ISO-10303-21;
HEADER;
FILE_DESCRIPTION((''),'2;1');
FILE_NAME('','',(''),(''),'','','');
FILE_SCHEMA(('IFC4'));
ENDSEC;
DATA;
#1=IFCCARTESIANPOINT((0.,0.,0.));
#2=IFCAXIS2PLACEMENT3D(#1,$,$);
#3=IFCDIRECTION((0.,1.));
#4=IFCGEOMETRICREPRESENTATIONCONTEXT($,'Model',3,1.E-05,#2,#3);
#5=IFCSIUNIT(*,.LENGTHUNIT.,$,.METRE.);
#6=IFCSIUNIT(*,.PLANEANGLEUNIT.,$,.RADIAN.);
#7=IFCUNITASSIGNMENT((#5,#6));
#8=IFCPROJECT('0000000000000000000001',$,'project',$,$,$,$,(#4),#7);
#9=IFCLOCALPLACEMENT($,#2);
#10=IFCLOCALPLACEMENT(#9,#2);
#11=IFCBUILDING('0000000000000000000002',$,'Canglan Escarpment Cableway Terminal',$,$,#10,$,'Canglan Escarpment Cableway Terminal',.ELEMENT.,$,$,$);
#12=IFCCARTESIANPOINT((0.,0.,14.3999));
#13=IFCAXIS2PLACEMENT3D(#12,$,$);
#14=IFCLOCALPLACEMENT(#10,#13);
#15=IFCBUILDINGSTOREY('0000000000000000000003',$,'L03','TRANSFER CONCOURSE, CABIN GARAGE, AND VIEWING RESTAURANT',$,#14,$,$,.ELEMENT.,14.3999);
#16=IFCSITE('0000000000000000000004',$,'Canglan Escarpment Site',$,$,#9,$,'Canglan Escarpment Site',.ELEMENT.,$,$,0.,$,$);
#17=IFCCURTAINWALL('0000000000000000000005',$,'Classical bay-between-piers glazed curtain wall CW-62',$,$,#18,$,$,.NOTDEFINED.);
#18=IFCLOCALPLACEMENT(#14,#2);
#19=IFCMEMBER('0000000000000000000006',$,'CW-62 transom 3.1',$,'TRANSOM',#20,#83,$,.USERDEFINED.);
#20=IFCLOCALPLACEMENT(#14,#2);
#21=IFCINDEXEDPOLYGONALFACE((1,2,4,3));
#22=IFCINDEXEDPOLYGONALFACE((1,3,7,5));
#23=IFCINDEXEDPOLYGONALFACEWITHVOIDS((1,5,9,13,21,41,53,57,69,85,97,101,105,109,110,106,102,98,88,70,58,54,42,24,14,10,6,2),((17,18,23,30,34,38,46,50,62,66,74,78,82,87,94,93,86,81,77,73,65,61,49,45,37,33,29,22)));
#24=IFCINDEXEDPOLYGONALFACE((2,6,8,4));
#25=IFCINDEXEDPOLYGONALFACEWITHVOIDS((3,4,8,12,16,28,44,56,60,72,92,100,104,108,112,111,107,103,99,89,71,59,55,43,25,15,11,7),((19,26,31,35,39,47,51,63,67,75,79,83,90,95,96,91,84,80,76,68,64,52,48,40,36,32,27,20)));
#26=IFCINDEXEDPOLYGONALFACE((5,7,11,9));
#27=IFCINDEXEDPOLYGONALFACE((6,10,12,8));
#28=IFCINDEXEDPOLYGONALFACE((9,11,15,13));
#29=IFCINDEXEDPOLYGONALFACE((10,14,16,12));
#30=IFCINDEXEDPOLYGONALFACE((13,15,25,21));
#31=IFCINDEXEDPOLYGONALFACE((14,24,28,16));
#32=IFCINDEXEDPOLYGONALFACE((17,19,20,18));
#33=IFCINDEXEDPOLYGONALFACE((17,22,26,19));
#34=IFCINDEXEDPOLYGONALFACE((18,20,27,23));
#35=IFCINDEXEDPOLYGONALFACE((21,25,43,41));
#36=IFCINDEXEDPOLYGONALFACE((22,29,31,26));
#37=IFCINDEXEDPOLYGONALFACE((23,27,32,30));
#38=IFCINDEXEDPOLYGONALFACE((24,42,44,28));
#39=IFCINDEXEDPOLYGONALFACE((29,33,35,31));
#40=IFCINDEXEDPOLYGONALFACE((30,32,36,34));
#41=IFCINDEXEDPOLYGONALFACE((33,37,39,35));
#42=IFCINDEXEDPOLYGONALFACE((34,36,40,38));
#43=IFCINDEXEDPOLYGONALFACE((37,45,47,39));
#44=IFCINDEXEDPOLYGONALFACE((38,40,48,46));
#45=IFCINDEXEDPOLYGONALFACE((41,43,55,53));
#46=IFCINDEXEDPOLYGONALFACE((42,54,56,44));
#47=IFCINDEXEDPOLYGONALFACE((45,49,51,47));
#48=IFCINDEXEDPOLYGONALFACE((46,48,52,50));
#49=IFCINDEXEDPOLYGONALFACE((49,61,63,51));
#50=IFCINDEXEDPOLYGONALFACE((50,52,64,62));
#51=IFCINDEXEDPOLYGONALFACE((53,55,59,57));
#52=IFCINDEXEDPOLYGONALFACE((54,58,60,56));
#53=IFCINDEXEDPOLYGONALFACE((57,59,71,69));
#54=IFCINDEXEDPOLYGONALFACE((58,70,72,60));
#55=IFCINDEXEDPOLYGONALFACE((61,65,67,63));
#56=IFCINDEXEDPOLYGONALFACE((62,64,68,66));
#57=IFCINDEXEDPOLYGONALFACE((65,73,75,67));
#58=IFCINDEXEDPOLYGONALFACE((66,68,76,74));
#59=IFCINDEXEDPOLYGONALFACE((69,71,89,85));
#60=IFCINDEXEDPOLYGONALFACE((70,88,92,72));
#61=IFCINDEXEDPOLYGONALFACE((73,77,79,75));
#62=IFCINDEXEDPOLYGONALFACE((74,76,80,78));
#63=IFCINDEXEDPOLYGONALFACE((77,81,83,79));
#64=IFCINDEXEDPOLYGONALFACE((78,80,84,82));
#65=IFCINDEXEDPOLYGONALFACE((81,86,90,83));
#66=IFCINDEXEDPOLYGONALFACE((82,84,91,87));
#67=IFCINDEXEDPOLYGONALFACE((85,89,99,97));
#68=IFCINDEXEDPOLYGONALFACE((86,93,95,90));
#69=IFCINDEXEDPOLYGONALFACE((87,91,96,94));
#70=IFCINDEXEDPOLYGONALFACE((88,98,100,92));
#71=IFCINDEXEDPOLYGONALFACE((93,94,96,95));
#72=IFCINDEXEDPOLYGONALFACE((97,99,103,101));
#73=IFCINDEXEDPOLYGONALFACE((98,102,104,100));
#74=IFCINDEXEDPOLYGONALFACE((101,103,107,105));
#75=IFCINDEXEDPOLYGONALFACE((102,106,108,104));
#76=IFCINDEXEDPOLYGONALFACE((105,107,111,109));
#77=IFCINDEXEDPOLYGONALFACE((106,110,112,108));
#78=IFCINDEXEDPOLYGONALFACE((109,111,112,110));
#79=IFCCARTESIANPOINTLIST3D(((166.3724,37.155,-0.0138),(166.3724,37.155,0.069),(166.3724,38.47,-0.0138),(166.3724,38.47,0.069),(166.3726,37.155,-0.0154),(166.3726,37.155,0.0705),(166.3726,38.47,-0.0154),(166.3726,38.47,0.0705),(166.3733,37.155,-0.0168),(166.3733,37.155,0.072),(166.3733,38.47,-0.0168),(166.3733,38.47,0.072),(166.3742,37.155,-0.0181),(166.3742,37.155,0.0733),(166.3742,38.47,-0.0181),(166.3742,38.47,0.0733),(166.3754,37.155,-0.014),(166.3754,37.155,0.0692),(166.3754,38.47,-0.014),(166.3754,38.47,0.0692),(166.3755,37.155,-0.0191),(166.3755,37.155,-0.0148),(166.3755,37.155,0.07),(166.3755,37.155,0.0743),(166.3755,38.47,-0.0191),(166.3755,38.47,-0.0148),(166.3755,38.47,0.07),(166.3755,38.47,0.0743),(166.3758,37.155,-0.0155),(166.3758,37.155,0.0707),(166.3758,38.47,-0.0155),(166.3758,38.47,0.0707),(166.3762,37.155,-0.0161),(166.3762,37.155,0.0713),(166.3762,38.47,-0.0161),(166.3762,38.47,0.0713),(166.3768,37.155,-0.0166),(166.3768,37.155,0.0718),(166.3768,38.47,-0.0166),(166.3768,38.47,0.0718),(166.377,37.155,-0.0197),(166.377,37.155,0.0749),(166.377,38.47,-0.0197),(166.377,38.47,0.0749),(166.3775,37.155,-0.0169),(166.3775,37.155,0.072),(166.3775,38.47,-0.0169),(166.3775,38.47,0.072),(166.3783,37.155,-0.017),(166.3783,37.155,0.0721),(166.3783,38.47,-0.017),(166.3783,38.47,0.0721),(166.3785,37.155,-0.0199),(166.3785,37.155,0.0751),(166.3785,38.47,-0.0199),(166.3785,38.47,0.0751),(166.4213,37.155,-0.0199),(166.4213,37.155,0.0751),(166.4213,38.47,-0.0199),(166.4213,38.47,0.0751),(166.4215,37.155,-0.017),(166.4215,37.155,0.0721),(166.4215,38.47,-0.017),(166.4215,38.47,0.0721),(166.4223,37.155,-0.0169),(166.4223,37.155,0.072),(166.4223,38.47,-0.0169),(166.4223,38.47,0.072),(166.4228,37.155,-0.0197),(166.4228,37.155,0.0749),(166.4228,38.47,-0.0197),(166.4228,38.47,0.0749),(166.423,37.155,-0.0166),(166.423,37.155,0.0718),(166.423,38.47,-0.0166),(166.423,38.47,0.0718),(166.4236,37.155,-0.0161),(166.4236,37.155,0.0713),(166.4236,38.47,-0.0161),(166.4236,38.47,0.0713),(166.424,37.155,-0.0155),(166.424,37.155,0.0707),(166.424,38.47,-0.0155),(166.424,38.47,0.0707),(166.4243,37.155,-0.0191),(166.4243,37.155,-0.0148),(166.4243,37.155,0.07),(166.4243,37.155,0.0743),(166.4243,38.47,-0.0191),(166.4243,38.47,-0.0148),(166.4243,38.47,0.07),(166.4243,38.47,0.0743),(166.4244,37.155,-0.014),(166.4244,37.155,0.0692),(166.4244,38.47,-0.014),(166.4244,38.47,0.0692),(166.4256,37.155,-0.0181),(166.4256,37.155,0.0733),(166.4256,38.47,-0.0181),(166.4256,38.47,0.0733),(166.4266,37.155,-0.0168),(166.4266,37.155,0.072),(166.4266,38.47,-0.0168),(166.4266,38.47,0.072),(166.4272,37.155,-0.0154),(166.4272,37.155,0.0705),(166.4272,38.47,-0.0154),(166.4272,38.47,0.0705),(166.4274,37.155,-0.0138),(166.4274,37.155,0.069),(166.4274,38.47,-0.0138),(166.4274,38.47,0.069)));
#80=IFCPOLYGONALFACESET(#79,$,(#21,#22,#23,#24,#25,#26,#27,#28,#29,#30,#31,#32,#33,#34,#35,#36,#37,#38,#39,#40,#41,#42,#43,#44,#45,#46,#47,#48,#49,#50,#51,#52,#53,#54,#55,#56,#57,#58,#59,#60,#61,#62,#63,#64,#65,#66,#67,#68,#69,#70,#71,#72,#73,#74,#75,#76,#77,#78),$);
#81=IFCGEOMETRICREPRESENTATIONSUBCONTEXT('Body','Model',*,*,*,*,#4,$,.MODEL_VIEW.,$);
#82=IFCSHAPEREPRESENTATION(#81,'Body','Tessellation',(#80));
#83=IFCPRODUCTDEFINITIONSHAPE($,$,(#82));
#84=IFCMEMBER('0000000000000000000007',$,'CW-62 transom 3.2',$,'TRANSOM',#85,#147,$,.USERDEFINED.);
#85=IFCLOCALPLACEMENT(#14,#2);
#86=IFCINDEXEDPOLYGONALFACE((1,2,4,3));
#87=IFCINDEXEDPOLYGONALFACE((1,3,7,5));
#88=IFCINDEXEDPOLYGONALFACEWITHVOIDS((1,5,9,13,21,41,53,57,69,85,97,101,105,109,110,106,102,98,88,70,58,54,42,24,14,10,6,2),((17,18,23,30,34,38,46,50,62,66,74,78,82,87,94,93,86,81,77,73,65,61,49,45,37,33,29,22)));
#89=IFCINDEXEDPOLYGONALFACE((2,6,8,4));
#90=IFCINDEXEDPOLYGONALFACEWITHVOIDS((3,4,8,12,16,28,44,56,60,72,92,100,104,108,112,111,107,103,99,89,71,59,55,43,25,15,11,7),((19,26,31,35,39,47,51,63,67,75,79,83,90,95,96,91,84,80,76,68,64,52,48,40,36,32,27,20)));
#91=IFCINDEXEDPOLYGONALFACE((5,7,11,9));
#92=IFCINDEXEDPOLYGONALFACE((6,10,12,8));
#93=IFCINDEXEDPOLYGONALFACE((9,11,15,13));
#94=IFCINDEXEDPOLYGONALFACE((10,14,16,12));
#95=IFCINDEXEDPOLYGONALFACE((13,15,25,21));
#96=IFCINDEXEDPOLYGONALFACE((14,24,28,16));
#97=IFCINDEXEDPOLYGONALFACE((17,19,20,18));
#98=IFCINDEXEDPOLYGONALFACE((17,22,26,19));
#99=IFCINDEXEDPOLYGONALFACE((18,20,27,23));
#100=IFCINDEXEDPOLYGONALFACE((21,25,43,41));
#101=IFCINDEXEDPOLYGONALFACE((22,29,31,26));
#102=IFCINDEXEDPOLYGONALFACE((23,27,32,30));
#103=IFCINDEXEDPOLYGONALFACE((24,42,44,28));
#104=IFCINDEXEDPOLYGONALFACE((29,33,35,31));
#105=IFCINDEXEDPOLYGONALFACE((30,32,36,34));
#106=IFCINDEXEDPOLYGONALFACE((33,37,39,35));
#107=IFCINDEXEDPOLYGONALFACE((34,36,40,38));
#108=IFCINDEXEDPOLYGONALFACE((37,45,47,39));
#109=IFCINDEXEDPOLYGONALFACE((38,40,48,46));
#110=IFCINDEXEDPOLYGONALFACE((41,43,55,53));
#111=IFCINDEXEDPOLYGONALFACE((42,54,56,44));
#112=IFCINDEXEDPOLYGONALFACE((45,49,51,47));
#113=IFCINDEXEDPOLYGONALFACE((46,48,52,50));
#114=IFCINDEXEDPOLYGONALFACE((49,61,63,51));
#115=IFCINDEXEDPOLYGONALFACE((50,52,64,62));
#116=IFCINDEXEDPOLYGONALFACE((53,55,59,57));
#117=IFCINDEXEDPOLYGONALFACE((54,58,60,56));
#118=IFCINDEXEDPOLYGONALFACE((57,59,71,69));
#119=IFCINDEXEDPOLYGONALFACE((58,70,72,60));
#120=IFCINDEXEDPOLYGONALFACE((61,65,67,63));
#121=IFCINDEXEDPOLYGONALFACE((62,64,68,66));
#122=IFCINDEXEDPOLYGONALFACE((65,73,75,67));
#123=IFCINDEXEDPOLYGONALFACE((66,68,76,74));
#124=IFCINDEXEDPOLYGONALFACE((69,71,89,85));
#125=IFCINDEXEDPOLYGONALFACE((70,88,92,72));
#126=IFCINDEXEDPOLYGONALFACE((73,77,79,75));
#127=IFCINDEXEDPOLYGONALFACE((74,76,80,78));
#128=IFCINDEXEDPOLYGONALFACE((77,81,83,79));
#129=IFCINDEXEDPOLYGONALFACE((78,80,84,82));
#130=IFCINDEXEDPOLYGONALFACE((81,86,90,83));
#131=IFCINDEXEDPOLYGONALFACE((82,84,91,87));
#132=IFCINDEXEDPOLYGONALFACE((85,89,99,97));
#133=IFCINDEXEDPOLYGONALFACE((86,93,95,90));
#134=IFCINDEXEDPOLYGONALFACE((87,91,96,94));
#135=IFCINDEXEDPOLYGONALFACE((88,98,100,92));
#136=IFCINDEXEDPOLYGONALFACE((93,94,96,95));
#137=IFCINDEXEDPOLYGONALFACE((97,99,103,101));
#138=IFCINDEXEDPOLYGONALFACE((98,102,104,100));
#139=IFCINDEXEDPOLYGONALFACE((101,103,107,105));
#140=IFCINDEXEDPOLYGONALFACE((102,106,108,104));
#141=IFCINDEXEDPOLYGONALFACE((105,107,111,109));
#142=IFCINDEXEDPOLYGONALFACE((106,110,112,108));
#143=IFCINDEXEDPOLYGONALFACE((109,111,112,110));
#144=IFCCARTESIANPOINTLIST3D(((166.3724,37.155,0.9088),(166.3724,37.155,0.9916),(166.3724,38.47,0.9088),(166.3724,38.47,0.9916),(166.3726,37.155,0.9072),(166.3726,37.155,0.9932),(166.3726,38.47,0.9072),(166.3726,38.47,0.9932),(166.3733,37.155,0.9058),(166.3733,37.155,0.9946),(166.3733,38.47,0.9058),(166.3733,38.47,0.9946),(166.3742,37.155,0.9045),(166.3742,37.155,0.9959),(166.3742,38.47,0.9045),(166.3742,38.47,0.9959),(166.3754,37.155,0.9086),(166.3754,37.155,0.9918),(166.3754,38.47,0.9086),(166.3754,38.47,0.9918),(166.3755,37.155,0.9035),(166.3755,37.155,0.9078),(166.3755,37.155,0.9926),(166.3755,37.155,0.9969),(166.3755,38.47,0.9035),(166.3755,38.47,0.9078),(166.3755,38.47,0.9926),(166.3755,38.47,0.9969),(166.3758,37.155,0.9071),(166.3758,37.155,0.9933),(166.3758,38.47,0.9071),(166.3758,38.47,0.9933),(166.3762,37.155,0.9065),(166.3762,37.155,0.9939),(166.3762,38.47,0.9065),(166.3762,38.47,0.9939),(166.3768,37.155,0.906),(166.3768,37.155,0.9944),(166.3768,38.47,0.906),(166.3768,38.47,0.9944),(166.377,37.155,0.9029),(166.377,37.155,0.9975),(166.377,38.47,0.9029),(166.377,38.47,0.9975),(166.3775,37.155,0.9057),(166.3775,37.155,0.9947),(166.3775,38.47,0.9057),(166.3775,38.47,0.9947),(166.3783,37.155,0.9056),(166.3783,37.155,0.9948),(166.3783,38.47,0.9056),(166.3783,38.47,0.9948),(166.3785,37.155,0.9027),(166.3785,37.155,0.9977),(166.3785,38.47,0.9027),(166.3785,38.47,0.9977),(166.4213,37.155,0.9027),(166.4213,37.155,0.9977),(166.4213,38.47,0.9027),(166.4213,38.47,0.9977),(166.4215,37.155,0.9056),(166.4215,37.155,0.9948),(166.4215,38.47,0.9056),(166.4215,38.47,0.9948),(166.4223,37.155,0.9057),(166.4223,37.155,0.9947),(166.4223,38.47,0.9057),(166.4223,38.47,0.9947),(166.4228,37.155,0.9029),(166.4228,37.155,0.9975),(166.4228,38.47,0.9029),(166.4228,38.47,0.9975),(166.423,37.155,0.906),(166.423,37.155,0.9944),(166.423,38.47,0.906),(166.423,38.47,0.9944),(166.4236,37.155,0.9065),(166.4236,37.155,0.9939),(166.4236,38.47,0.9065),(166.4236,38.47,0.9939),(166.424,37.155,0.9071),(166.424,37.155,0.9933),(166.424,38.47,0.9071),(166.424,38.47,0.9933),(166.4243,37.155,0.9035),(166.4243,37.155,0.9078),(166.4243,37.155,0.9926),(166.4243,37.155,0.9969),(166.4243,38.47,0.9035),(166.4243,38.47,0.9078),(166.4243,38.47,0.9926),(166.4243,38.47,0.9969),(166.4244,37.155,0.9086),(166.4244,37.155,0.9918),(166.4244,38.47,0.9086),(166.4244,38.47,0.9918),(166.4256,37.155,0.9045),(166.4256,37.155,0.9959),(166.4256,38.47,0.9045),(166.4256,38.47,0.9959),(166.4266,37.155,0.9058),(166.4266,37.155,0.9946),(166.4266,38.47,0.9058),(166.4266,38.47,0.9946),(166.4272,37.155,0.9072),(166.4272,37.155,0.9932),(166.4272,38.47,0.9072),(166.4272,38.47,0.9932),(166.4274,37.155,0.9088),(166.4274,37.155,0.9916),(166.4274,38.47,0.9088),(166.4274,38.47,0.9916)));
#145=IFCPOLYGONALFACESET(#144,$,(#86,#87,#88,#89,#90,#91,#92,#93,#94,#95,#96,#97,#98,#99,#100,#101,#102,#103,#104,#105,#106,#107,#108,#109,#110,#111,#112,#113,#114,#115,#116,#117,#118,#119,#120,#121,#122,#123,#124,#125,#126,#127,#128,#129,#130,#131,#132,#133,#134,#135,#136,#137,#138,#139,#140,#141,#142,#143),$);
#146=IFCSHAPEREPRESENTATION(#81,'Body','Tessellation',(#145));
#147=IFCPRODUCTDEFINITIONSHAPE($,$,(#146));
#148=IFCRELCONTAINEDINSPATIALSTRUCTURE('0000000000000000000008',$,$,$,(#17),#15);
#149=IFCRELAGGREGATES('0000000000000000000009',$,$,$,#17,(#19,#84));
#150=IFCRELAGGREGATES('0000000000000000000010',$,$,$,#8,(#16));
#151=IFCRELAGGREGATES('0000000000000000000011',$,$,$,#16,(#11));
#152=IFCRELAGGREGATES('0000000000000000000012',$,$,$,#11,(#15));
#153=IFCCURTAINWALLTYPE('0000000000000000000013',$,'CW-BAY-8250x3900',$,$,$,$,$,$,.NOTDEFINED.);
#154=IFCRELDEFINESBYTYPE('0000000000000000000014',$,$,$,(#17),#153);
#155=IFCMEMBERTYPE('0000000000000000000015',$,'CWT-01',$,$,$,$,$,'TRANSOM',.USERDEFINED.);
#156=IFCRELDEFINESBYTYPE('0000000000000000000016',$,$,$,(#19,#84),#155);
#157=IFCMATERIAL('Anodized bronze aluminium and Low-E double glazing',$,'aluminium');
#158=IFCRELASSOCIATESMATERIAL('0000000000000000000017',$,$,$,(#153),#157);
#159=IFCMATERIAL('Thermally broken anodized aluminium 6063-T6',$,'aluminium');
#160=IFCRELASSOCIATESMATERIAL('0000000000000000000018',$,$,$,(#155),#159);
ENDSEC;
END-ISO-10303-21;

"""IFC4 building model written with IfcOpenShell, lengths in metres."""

from ifc_helpers import new_model, si_unit, direction, frame, origin, origin_2d, place, context, subcontext, project, spatial, hollow_rectangle, extrude, material, material_profile, profile_set, type_object, element, aggregate, save


model = new_model("IFC4")

# Units and contexts
model_context = context("Model", 3, precision=1e-05, world=origin(), true_north=direction((0.0, 1.0)))
body_context = subcontext(model_context, "Body", "Model", "MODEL_VIEW")
ifc_project = project(units=[si_unit("LENGTHUNIT", "METRE"), si_unit("PLANEANGLEUNIT", "RADIAN")], contexts=[model_context])

# Site, building, storey
site_placement = place(None, origin())
site = spatial("IfcSite", under=ifc_project, at=site_placement, Name="Canglan Escarpment Site", LongName="Canglan Escarpment Site", CompositionType="ELEMENT", RefElevation=0.0)
building_placement = place(site_placement, origin())
building = spatial("IfcBuilding", under=site, at=building_placement, Name="Canglan Escarpment Cableway Terminal", LongName="Canglan Escarpment Cableway Terminal", CompositionType="ELEMENT")
storey_placement = place(building_placement, frame((0.0, 0.0, 14.3999)))
storey = spatial("IfcBuildingStorey", under=building, at=storey_placement, Name="L03", Description="TRANSFER CONCOURSE, CABIN GARAGE, AND VIEWING RESTAURANT", CompositionType="ELEMENT", Elevation=14.3999)

# Curtain wall, members
ifc_material_1 = material(Name="Anodized bronze aluminium and Low-E double glazing", Category="aluminium")
curtain_wall_type = type_object("IfcCurtainWallType", Name="CW-BAY-8250x3900", PredefinedType="NOTDEFINED", material=ifc_material_1)
curtain_wall_placement = place(storey_placement, origin())
curtain_wall = element("IfcCurtainWall", 1, at=curtain_wall_placement, inside=storey, type_object=curtain_wall_type, Name="Classical bay-between-piers glazed curtain wall CW-62", PredefinedType="NOTDEFINED")
ifc_material_2 = material(Name="Thermally broken anodized aluminium 6063-T6", Category="aluminium")
ifc_material_profile_1 = material_profile(ifc_material_2, hollow_rectangle(XDim=0.0549, YDim=0.095, WallThickness=0.0029, InnerFilletRadius=0.0029, OuterFilletRadius=0.0061, at=origin_2d()), Name="ALU-TRAN 55x95x3")
ifc_profile_set_1 = profile_set([ifc_material_profile_1], Name="Thermally broken anodized aluminium 6063-T6")
member_type_1 = type_object("IfcMemberType", Name="CWT-01", ElementType="TRANSOM", PredefinedType="USERDEFINED", material=ifc_profile_set_1)
member_1_placement = place(storey_placement, frame((166.3999, 37.155, 0.0276), z_axis=(0.0, 1.0, 0.0), x_axis=(-1.0, 0.0, 0.0)))
member_1 = element("IfcMember", 2, at=member_1_placement, type_object=member_type_1, Name="CW-62 transom 3.1", ObjectType="TRANSOM", PredefinedType="USERDEFINED", context=body_context, shape_type="SweptSolid", body=[
    extrude(hollow_rectangle(XDim=0.0549, YDim=0.095, WallThickness=0.0029, InnerFilletRadius=0.0029, OuterFilletRadius=0.0061, at=origin_2d()), origin(), (0.0, 0.0, 1.0), 1.3149),
])
member_2_placement = place(storey_placement, frame((166.3999, 37.155, 0.9502), z_axis=(0.0, 1.0, 0.0), x_axis=(-1.0, 0.0, 0.0)))
member_2 = element("IfcMember", 3, at=member_2_placement, type_object=member_type_1, Name="CW-62 transom 3.2", ObjectType="TRANSOM", PredefinedType="USERDEFINED", context=body_context, shape_type="SweptSolid", body=[
    extrude(hollow_rectangle(XDim=0.0549, YDim=0.095, WallThickness=0.0029, InnerFilletRadius=0.0029, OuterFilletRadius=0.0061, at=origin_2d()), origin(), (0.0, 0.0, 1.0), 1.3149),
])
aggregate(curtain_wall, [member_1, member_2])

save(model, "model.ifc")
